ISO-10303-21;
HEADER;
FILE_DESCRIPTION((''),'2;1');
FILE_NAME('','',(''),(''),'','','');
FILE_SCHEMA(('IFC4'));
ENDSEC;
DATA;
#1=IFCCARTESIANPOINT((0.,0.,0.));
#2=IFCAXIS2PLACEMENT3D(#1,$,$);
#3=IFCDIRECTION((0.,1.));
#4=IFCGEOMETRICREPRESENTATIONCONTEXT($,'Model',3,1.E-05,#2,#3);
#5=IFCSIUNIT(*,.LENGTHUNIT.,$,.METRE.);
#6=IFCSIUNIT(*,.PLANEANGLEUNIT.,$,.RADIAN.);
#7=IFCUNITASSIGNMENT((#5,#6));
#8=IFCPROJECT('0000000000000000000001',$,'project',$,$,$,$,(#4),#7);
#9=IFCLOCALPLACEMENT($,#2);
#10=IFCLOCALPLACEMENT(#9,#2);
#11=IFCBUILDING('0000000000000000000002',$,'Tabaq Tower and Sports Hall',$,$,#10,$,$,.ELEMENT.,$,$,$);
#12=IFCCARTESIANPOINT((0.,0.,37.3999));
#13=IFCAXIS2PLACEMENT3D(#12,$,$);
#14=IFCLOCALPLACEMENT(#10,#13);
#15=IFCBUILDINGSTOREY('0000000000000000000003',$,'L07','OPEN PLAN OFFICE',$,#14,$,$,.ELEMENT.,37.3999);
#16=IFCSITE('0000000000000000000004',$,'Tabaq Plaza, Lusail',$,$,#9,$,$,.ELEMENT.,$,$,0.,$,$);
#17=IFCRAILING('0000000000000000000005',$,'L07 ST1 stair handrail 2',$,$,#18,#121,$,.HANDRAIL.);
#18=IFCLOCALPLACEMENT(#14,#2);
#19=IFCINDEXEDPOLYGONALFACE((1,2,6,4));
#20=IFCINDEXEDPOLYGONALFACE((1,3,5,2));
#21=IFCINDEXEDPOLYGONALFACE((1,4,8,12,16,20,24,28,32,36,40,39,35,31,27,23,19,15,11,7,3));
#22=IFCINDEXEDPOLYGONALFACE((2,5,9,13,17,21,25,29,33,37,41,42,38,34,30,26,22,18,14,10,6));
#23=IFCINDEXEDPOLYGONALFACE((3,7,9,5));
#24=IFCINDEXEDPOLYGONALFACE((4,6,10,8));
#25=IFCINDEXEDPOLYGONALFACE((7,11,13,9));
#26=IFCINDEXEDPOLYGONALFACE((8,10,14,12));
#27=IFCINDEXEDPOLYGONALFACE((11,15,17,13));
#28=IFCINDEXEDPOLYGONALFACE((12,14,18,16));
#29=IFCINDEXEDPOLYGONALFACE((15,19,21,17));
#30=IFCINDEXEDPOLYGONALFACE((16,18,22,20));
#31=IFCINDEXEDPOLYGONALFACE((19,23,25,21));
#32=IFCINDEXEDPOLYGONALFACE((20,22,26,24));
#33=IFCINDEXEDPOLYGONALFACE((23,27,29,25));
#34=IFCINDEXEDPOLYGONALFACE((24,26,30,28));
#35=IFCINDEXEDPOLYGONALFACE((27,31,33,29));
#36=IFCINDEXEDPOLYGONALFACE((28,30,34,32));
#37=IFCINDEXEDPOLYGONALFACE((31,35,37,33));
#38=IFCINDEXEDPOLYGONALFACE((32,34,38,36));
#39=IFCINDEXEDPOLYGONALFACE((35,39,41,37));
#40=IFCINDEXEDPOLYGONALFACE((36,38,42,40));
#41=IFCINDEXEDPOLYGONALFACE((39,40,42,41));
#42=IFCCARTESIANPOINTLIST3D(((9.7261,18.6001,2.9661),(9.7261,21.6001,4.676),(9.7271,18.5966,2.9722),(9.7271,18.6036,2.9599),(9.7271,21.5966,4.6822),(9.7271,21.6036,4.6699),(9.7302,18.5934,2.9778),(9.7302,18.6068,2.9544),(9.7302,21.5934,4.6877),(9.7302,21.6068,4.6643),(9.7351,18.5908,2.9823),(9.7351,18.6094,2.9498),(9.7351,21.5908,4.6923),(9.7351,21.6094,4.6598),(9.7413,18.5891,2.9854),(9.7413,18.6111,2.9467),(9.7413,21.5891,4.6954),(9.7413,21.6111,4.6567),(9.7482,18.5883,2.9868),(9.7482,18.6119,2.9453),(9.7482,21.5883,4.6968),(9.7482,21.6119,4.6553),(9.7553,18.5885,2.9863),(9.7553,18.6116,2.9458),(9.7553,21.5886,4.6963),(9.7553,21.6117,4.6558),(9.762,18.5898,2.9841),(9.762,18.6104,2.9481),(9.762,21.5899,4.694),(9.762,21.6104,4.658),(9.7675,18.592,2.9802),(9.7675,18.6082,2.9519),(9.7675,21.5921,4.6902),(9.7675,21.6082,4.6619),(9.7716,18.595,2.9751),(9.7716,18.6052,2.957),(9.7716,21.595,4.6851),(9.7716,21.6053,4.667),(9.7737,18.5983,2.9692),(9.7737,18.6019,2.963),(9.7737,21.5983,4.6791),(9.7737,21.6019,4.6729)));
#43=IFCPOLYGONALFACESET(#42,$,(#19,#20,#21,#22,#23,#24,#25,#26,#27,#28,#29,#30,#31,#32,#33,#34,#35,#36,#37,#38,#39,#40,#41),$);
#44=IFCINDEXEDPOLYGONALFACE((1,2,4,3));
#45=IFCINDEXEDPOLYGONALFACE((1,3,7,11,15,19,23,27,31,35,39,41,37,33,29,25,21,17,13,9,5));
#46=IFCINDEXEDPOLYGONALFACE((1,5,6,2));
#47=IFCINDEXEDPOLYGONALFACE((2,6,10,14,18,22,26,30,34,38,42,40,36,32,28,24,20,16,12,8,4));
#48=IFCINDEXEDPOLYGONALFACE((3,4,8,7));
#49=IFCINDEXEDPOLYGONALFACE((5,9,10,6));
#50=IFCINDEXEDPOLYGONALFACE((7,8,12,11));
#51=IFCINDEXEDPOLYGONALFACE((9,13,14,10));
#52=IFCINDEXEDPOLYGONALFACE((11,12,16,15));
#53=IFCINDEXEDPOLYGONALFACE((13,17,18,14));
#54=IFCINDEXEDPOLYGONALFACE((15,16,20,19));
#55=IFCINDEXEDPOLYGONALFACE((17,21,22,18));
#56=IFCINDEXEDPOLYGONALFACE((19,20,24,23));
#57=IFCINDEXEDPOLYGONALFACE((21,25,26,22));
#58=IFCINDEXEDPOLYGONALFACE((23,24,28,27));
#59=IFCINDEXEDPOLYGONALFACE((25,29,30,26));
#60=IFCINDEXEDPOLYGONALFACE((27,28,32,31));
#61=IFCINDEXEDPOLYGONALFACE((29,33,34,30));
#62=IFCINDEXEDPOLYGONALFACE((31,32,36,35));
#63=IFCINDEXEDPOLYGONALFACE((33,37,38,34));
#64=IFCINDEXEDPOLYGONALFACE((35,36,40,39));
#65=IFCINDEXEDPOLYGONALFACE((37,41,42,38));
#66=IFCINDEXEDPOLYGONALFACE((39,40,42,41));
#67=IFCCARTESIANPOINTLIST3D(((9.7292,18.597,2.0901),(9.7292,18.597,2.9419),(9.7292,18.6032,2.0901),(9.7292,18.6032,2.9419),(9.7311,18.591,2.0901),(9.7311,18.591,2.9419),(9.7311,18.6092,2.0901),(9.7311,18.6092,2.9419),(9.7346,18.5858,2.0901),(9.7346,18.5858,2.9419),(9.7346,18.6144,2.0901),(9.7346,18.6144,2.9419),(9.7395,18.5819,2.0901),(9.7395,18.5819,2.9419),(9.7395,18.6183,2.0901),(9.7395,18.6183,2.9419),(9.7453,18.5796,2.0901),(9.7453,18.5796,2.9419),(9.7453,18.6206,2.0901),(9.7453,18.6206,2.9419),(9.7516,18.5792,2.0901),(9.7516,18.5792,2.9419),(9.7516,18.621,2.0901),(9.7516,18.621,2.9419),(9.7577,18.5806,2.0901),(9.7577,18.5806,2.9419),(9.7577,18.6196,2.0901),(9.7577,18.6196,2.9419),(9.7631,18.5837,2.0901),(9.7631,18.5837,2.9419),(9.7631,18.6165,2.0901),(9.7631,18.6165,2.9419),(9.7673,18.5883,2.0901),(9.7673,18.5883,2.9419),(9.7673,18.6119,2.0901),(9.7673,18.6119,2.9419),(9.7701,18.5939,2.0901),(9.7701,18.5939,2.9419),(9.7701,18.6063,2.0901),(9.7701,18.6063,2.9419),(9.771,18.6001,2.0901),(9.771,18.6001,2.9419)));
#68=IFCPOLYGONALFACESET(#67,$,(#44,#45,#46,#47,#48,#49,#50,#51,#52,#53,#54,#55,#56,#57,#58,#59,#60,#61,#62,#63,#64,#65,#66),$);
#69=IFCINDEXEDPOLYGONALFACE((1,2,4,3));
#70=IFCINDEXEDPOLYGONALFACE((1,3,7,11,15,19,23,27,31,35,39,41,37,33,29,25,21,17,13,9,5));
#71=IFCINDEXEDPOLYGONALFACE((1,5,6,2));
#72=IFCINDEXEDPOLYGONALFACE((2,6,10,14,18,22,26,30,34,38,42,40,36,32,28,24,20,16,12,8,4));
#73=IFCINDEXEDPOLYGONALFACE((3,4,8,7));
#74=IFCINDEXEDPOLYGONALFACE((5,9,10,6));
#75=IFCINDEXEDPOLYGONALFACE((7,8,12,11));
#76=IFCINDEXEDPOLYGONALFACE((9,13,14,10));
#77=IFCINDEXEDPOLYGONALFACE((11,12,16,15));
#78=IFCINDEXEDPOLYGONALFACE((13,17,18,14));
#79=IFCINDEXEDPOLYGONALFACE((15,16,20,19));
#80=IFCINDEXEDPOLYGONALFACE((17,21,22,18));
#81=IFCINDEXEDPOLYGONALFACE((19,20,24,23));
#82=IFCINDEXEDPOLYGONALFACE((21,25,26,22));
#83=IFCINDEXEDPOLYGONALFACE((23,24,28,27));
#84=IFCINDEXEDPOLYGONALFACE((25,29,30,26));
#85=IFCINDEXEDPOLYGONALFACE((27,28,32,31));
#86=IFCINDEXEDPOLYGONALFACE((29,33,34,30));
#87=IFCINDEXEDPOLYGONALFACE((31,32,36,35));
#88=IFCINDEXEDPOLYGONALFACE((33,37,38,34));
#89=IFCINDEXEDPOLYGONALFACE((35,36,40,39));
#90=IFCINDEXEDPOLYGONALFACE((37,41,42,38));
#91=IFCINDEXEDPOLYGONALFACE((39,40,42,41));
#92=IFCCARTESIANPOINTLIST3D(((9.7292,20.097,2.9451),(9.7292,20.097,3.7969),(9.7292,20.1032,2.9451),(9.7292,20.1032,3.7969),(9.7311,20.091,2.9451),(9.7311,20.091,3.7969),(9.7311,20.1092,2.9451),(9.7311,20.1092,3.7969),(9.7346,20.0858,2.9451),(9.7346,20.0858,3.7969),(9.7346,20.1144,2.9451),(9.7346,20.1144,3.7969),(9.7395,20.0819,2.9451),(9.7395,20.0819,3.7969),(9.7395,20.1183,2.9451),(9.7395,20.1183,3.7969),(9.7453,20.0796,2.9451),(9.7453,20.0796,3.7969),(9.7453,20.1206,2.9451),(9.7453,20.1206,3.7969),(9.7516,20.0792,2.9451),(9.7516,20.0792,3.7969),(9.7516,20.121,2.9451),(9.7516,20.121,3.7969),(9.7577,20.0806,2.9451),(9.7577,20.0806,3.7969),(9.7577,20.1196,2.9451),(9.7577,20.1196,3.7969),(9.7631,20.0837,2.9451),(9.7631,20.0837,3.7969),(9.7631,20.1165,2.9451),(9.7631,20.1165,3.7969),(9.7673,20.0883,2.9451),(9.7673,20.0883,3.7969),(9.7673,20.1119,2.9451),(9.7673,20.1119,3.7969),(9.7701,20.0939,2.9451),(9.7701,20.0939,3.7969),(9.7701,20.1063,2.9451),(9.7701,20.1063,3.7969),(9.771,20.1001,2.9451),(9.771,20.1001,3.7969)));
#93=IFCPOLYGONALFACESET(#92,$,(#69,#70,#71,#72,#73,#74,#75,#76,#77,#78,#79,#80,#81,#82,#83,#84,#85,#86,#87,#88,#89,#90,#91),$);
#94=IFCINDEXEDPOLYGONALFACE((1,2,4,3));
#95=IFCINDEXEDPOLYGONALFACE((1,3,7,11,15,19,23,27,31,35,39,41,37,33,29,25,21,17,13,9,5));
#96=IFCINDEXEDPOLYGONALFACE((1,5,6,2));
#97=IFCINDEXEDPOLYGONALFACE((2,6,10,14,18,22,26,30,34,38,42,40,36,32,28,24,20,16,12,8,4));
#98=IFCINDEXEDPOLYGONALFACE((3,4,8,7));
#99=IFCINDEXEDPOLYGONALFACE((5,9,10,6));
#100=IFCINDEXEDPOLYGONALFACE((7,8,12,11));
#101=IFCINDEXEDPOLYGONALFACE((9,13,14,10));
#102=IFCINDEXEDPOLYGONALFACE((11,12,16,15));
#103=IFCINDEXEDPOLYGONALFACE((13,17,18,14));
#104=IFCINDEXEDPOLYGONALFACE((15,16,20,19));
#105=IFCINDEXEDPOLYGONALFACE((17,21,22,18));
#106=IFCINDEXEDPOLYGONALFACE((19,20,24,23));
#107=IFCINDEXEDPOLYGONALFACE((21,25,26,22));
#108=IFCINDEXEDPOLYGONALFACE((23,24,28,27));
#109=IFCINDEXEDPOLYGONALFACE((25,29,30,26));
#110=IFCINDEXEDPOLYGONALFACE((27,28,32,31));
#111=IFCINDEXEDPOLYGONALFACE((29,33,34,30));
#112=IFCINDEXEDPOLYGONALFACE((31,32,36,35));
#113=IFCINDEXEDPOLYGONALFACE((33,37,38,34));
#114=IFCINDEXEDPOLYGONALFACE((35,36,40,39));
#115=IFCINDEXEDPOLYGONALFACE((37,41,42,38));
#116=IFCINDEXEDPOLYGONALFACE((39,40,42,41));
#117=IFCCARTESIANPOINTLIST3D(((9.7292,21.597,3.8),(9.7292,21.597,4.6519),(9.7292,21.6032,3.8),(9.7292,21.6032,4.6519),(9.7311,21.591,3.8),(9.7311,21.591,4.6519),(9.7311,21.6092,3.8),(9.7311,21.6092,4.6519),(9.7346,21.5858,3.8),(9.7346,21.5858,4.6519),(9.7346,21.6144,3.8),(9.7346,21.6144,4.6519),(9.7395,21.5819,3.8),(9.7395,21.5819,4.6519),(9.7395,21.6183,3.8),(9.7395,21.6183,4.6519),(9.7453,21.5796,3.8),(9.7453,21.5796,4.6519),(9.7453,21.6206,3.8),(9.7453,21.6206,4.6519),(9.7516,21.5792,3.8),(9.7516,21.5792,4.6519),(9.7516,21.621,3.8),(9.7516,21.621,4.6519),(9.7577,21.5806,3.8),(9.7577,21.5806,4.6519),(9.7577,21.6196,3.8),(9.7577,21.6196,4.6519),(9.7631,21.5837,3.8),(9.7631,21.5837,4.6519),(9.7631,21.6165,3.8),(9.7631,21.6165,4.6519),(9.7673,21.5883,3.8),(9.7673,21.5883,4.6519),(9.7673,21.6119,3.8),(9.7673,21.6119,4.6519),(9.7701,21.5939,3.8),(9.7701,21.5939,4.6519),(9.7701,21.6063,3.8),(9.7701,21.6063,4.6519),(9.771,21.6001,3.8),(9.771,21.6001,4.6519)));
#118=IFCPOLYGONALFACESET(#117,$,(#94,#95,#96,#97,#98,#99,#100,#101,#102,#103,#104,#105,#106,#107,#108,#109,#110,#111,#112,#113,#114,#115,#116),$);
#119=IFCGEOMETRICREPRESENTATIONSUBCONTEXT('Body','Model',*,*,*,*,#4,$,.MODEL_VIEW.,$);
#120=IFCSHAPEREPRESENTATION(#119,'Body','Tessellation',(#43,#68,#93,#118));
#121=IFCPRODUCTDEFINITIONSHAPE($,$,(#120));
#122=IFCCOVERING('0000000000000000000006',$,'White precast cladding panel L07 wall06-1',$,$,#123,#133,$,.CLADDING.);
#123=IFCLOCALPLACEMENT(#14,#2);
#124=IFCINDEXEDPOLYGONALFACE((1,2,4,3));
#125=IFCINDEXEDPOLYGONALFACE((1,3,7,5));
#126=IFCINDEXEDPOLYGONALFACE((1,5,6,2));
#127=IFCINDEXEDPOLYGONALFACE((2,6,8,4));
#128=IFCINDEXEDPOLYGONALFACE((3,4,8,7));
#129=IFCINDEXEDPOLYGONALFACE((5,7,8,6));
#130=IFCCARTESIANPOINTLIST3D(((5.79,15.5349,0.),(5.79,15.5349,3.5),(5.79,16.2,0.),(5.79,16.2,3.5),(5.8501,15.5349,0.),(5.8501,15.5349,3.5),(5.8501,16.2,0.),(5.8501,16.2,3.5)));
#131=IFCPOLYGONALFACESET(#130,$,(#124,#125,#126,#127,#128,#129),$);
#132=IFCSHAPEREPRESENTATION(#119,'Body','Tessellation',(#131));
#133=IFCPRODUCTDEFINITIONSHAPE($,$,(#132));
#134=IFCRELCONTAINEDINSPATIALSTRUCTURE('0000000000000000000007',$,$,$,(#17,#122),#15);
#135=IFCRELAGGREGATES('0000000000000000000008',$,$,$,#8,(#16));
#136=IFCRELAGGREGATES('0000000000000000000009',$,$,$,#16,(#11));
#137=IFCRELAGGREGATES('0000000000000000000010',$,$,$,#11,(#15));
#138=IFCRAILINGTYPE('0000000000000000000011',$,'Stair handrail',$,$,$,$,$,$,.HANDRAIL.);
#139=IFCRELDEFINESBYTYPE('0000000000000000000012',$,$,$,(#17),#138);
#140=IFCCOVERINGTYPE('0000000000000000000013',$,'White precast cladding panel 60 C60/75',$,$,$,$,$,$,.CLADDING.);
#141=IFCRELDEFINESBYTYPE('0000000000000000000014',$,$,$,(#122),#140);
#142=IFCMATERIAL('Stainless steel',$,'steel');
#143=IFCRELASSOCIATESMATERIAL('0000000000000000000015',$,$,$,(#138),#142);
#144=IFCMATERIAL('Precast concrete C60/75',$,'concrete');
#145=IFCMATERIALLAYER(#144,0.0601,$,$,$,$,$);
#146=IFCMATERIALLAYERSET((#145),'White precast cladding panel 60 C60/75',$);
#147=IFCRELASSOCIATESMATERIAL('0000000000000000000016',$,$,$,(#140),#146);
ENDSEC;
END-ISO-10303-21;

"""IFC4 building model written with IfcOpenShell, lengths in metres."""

from ifc_helpers import new_model, si_unit, direction, frame, frame_2d, origin, origin_2d, place, context, subcontext, project, spatial, rectangle, circle, extrude, material, layer, layer_set, type_object, element, save


model = new_model("IFC4")

# Units and contexts
model_context = context("Model", 3, precision=1e-05, world=origin(), true_north=direction((0.0, 1.0)))
body_context = subcontext(model_context, "Body", "Model", "MODEL_VIEW")
ifc_project = project(units=[si_unit("LENGTHUNIT", "METRE"), si_unit("PLANEANGLEUNIT", "RADIAN")], contexts=[model_context])

# Site, building, storey
site_placement = place(None, origin())
site = spatial("IfcSite", under=ifc_project, at=site_placement, Name="Tabaq Plaza, Lusail", CompositionType="ELEMENT", RefElevation=0.0)
building_placement = place(site_placement, origin())
building = spatial("IfcBuilding", under=site, at=building_placement, Name="Tabaq Tower and Sports Hall", CompositionType="ELEMENT")
storey_placement = place(building_placement, frame((0.0, 0.0, 37.3999)))
storey = spatial("IfcBuildingStorey", under=building, at=storey_placement, Name="L07", Description="OPEN PLAN OFFICE", CompositionType="ELEMENT", Elevation=37.3999)

# Railing
ifc_material_1 = material(Name="Stainless steel", Category="steel")
railing_type_1 = type_object("IfcRailingType", Name="Stair handrail", PredefinedType="HANDRAIL", material=ifc_material_1)
railing_1_placement = place(storey_placement, frame((9.75, 18.6001, 2.0901)))
element("IfcRailing", 1, at=railing_1_placement, inside=storey, type_object=railing_type_1, Name="L07 ST1 stair handrail 2", PredefinedType="HANDRAIL", context=body_context, shape_type="SweptSolid", body=[
    extrude(circle(Radius=0.0239, at=origin_2d()), frame((0.0, 0.0, 0.876), z_axis=(0.0, 0.868782, 0.495195), x_axis=(-1.0, 0.0, 0.0)), (0.0, 0.0, 1.0), 3.4531),
    extrude(circle(Radius=0.021, at=origin_2d()), origin(), (0.0, 0.0, 1.0), 0.8518),
    extrude(circle(Radius=0.021, at=origin_2d()), frame((0.0, 1.5, 0.855)), (0.0, 0.0, 1.0), 0.8518),
    extrude(circle(Radius=0.021, at=origin_2d()), frame((0.0, 3.0, 1.71)), (0.0, 0.0, 1.0), 0.8518),
])

# Covering
ifc_material_2 = material(Name="Precast concrete C60/75", Category="concrete")
ifc_layer_1 = layer(ifc_material_2, 0.0601)
ifc_layer_set_1 = layer_set([ifc_layer_1], Name="White precast cladding panel 60 C60/75")
covering_type = type_object("IfcCoveringType", Name="White precast cladding panel 60 C60/75", PredefinedType="CLADDING", material=ifc_layer_set_1)
covering_placement = place(storey_placement, frame((5.8201, 16.2, 0.0), z_axis=(0.0, 0.0, 1.0), x_axis=(0.0, -1.0, 0.0)))
element("IfcCovering", 2, at=covering_placement, inside=storey, type_object=covering_type, Name="White precast cladding panel L07 wall06-1", PredefinedType="CLADDING", context=body_context, shape_type="SweptSolid", body=[
    extrude(rectangle(XDim=0.665, YDim=0.0601, at=frame_2d((0.3325, 0.0))), origin(), (0.0, 0.0, 1.0), 3.5),
])

save(model, "model.ifc")
